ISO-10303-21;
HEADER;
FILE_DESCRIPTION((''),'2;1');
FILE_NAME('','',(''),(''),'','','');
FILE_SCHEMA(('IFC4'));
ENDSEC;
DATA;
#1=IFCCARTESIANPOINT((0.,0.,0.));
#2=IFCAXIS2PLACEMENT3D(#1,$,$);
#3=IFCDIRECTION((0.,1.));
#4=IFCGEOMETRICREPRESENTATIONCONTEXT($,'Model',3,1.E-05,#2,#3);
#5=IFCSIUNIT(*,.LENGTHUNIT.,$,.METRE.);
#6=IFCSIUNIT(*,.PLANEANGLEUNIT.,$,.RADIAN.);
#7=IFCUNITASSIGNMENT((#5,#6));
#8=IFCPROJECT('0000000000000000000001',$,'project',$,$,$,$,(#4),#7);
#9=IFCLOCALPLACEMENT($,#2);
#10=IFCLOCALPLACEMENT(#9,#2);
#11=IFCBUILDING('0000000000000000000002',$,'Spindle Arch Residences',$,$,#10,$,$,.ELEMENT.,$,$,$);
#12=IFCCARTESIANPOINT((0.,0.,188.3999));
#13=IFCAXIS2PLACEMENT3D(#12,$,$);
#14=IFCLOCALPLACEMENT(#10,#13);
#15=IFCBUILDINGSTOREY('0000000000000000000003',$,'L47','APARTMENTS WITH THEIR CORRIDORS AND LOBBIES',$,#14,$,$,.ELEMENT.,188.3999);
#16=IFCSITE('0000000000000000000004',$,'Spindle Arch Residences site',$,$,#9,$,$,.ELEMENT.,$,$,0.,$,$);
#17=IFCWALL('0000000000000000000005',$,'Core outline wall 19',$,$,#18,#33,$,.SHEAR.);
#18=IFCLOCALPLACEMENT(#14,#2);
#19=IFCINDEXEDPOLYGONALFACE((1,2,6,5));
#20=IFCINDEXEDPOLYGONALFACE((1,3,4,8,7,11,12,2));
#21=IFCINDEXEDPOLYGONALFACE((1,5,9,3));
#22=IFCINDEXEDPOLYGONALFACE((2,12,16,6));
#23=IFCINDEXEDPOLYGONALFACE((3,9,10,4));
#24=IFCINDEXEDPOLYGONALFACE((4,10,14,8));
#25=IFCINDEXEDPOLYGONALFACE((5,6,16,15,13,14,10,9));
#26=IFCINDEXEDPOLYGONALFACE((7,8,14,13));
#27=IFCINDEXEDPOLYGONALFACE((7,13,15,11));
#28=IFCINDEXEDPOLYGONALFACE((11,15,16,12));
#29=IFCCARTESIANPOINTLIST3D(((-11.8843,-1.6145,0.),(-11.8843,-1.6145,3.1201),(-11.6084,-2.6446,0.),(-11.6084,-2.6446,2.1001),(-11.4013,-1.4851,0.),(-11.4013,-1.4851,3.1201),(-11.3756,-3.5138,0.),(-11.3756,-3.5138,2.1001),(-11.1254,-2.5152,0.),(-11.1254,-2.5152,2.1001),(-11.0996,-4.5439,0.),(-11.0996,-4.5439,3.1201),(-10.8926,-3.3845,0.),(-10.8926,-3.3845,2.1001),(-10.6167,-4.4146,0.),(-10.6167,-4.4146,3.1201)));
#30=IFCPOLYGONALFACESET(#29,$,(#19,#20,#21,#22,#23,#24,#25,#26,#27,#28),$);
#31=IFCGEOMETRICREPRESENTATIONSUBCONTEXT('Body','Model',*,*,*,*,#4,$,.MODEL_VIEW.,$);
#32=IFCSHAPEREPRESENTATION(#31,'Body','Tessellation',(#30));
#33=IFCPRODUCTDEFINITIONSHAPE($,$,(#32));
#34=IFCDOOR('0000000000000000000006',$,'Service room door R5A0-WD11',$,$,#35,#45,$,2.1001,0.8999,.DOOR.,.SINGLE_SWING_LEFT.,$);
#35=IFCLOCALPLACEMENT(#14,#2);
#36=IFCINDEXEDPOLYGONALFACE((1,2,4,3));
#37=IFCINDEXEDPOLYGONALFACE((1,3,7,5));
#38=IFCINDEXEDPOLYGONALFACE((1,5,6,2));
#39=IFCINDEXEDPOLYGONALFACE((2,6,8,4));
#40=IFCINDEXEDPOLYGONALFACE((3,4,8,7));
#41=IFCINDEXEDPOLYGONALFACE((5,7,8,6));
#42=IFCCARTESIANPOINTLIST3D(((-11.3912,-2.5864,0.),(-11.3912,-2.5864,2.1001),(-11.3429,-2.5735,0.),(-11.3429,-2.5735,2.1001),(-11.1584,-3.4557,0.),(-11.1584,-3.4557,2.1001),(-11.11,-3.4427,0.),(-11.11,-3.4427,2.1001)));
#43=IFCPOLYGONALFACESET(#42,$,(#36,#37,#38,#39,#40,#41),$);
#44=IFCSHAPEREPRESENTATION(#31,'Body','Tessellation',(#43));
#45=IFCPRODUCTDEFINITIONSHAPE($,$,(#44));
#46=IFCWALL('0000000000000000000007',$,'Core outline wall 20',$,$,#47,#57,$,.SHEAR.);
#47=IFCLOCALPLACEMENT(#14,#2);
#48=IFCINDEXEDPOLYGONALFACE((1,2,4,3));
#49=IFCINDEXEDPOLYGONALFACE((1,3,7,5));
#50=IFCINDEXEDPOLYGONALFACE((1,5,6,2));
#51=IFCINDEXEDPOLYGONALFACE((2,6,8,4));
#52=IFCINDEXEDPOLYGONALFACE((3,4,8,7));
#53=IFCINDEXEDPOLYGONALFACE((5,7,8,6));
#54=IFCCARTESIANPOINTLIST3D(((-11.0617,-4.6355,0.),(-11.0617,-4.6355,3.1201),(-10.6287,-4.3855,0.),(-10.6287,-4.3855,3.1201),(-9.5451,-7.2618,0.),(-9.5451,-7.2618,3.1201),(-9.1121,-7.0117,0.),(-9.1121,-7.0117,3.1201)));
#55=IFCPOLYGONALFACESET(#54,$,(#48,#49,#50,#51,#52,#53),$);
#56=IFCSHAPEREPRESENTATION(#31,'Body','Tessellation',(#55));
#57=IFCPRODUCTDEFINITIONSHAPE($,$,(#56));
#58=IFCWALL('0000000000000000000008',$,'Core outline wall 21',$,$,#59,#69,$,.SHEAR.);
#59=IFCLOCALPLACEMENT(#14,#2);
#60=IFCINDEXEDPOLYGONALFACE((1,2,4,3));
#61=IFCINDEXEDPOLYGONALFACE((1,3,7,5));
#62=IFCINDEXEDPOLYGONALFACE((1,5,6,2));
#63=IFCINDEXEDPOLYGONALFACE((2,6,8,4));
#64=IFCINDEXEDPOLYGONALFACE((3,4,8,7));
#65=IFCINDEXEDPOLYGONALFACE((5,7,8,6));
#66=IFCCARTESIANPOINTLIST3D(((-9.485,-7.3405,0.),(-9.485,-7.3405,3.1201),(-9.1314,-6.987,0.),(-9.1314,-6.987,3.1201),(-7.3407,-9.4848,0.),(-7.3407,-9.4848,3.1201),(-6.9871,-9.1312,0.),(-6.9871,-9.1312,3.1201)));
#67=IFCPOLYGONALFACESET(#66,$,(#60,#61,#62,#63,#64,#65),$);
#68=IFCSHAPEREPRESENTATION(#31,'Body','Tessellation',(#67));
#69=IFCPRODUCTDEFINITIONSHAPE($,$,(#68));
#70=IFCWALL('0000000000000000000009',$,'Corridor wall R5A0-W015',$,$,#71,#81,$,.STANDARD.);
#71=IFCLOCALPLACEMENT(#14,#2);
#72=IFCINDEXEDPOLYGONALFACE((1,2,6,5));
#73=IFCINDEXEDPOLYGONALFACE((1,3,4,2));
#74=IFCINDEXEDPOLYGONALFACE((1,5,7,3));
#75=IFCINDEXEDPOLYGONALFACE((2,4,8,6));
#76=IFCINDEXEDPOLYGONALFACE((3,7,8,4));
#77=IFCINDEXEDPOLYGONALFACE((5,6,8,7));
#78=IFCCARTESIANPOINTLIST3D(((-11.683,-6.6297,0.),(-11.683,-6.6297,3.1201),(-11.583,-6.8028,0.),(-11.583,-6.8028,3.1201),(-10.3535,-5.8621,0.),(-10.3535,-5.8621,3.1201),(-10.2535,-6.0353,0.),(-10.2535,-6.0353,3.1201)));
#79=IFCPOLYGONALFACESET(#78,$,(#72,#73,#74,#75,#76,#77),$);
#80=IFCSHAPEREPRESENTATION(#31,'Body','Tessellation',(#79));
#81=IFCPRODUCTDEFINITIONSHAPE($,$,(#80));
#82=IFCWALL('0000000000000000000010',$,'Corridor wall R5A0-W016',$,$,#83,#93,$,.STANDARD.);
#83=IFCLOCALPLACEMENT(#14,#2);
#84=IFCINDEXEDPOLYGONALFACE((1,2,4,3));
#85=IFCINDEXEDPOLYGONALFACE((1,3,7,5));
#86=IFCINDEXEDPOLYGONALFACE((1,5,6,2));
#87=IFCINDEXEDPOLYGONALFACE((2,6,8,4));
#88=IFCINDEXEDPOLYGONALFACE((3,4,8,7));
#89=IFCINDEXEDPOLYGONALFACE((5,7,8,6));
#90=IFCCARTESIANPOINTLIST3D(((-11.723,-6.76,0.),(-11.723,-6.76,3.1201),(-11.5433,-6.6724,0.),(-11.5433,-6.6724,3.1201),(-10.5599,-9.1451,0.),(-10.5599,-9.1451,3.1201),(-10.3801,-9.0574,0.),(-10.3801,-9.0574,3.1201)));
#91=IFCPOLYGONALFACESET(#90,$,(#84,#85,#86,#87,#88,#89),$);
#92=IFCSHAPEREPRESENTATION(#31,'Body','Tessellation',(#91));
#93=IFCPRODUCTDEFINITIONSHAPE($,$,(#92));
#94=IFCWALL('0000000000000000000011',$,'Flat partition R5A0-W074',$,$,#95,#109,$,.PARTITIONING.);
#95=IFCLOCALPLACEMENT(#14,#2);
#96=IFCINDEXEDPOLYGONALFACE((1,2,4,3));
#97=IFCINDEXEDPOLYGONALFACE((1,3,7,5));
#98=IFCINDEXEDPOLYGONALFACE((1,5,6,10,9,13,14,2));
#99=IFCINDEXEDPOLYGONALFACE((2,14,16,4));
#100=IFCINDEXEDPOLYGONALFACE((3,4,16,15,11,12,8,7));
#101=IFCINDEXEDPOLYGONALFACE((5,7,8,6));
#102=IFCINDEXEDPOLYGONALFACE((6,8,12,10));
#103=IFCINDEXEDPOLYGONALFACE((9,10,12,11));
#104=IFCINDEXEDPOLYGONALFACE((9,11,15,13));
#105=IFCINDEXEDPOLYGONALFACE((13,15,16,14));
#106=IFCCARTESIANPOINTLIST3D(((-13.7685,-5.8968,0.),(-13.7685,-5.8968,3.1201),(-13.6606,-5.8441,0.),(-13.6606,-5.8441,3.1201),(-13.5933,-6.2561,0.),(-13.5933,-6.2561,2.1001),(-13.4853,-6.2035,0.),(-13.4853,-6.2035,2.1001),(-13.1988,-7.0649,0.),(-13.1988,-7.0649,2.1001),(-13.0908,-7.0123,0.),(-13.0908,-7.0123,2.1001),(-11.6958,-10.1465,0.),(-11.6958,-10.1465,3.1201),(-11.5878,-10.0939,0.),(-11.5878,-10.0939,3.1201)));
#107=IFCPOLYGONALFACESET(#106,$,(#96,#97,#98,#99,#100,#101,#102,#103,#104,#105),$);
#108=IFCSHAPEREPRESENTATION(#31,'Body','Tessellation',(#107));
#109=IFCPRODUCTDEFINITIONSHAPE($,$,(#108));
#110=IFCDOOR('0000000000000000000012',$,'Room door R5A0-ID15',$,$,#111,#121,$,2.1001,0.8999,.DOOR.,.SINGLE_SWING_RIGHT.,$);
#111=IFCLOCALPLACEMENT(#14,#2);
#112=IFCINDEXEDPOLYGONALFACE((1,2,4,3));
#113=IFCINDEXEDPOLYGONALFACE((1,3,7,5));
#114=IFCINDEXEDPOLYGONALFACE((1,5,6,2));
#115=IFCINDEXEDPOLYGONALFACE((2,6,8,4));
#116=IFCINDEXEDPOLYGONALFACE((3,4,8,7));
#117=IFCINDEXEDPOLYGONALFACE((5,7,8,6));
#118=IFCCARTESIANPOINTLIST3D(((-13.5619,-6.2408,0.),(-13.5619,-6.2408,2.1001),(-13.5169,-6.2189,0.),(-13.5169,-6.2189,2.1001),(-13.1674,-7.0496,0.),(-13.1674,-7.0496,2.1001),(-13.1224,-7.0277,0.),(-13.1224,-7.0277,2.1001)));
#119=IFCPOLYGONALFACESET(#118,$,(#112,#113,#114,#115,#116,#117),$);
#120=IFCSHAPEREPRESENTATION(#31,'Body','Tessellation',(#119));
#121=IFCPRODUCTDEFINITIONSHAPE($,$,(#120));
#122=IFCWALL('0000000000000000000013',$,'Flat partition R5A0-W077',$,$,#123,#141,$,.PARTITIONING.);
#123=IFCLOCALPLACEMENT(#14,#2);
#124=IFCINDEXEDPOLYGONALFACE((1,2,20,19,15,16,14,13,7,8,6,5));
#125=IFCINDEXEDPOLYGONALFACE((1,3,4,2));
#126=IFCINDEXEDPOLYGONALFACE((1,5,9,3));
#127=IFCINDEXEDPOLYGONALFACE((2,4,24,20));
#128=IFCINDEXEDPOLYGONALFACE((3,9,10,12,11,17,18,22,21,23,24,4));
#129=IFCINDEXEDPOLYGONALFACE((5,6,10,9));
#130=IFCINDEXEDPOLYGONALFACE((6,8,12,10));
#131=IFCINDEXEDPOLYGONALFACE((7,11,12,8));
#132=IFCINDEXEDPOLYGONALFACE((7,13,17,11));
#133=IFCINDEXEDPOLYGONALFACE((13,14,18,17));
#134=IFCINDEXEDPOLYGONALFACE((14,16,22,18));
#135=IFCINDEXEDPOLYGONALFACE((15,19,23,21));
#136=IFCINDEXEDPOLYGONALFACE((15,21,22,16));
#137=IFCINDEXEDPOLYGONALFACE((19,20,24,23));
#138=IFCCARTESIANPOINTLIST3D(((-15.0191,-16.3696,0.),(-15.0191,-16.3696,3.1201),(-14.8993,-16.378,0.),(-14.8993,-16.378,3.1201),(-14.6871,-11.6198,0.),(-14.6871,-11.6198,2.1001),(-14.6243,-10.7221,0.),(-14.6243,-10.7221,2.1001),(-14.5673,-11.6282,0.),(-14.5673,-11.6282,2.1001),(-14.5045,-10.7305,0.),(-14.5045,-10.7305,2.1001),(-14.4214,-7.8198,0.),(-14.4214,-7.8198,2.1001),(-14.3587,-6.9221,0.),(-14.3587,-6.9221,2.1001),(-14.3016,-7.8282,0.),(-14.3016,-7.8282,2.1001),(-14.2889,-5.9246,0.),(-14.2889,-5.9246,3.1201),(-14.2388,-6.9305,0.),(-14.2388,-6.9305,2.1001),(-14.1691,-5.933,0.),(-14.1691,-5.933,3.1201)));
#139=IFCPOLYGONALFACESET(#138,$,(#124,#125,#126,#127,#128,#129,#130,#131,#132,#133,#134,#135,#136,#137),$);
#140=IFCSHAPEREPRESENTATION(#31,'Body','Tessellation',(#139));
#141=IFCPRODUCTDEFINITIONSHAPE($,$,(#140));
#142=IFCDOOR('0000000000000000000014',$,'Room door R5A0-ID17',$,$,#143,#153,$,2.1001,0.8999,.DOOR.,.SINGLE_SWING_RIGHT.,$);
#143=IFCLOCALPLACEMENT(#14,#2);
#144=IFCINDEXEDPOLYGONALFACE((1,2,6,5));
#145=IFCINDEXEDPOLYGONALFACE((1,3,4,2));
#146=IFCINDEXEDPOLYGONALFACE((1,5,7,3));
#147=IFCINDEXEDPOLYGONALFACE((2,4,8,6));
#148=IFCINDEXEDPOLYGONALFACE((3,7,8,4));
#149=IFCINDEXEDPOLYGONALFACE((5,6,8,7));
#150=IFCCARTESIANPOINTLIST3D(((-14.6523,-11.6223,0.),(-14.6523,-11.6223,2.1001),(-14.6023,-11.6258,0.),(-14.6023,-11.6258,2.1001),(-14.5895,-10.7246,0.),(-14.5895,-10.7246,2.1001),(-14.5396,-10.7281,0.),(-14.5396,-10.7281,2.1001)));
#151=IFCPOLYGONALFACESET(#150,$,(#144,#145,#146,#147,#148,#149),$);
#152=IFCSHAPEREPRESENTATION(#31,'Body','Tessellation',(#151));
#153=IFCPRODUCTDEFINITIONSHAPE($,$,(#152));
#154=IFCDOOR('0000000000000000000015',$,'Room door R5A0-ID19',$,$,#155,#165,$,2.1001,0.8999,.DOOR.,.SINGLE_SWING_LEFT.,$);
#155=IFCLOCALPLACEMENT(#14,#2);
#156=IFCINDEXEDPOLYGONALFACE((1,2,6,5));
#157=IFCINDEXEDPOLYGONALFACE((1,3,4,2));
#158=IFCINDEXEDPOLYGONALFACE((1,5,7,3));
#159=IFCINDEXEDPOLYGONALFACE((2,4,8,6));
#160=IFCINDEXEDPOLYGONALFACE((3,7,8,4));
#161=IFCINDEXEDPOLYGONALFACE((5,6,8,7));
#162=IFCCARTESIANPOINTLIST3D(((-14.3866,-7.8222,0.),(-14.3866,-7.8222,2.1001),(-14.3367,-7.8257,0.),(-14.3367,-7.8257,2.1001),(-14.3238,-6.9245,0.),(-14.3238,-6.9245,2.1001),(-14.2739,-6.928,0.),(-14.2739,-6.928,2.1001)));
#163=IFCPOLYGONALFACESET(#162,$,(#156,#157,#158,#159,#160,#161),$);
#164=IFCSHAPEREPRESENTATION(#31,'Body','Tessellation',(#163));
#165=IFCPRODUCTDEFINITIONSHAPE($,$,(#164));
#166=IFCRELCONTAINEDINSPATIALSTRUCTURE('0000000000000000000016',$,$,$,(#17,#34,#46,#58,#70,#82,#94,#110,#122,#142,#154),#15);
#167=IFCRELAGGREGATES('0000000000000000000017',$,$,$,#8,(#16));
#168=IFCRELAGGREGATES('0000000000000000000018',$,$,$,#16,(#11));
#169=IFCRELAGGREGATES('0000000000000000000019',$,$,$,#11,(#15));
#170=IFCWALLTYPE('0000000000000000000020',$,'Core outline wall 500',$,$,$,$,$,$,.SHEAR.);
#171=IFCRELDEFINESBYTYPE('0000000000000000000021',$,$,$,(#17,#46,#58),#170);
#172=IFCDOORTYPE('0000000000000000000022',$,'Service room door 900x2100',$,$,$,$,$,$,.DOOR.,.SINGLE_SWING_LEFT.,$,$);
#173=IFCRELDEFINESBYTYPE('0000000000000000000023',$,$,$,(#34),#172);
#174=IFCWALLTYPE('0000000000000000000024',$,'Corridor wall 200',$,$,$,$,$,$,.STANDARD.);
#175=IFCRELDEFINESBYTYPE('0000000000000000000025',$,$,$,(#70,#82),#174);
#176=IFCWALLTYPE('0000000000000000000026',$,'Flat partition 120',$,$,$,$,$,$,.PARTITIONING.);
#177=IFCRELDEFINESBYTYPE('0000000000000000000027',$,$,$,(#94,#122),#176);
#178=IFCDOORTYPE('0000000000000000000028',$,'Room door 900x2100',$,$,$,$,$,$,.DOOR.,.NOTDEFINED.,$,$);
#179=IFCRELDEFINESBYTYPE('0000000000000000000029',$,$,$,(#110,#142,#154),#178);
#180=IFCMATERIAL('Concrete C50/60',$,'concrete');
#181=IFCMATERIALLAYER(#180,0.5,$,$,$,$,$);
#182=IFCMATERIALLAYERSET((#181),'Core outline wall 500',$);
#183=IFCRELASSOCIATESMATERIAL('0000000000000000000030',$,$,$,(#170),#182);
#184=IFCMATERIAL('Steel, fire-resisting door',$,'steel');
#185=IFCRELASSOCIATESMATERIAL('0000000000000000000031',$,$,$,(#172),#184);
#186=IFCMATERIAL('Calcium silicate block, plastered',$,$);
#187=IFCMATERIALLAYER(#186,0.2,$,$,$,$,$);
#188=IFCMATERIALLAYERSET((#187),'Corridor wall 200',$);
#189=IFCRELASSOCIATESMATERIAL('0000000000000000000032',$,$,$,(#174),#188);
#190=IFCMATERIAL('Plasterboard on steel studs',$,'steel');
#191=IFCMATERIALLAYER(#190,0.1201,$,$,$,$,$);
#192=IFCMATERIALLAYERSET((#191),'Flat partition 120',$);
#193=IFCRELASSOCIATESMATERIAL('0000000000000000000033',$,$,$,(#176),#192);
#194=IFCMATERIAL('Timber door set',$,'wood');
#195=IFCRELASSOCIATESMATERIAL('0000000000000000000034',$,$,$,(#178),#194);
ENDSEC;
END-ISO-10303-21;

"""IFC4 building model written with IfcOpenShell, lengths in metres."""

from ifc_helpers import new_model, si_unit, direction, frame, frame_2d, origin, place, context, subcontext, project, spatial, rectangle, extrude, material, layer, layer_set, type_object, element, fill, save


model = new_model("IFC4")

# Units and contexts
model_context = context("Model", 3, precision=1e-05, world=origin(), true_north=direction((0.0, 1.0)))
body_context = subcontext(model_context, "Body", "Model", "MODEL_VIEW")
ifc_project = project(units=[si_unit("LENGTHUNIT", "METRE"), si_unit("PLANEANGLEUNIT", "RADIAN")], contexts=[model_context])

# Site, building, storey
site_placement = place(None, origin())
site = spatial("IfcSite", under=ifc_project, at=site_placement, Name="Spindle Arch Residences site", CompositionType="ELEMENT", RefElevation=0.0)
building_placement = place(site_placement, origin())
building = spatial("IfcBuilding", under=site, at=building_placement, Name="Spindle Arch Residences", CompositionType="ELEMENT")
storey_placement = place(building_placement, frame((0.0, 0.0, 188.3999)))
storey = spatial("IfcBuildingStorey", under=building, at=storey_placement, Name="L47", Description="APARTMENTS WITH THEIR CORRIDORS AND LOBBIES", CompositionType="ELEMENT", Elevation=188.3999)

# Wall, opening, door
ifc_material_1 = material(Name="Concrete C50/60", Category="concrete")
ifc_layer_1 = layer(ifc_material_1, 0.5)
ifc_layer_set_1 = layer_set([ifc_layer_1], Name="Core outline wall 500")
wall_type_1 = type_object("IfcWallType", Name="Core outline wall 500", PredefinedType="SHEAR", material=ifc_layer_set_1)
wall_1_placement = place(storey_placement, frame((-11.6428, -1.5498, 0.0), z_axis=(0.0, 0.0, 1.0), x_axis=(0.258735, -0.965948, 0.0)))
wall_1 = element("IfcWall", 1, at=wall_1_placement, inside=storey, type_object=wall_type_1, Name="Core outline wall 19", PredefinedType="SHEAR", context=body_context, shape_type="SweptSolid", body=[
    extrude(rectangle(XDim=3.0327, YDim=0.5, at=frame_2d((1.5164, 0.0))), origin(), (0.0, 0.0, 1.0), 3.1201),
])
opening_1_placement = place(wall_1_placement, frame((1.0664, 0.0, 0.0)))
opening_1 = element("IfcOpeningElement", 2, at=opening_1_placement, cuts=wall_1, PredefinedType="OPENING", context=body_context, shape_type="SweptSolid", body=[
    extrude(rectangle(XDim=0.8999, YDim=2.1001, at=frame_2d((0.45, 1.05))), frame((0.0, 0.26, 0.0), z_axis=(0.0, -1.0, 0.0), x_axis=(1.0, 0.0, 0.0)), (0.0, 0.0, 1.0), 0.52),
])
ifc_material_2 = material(Name="Steel, fire-resisting door", Category="steel")
door_type_1 = type_object("IfcDoorType", Name="Service room door 900x2100", OperationType="SINGLE_SWING_LEFT", PredefinedType="DOOR", material=ifc_material_2)
door_1_placement = place(opening_1_placement, origin())
door_1 = element("IfcDoor", 3, at=door_1_placement, inside=storey, type_object=door_type_1, Name="Service room door R5A0-WD11", OperationType="SINGLE_SWING_LEFT", OverallHeight=2.1001, OverallWidth=0.8999, PredefinedType="DOOR", context=body_context, shape_type="SweptSolid", body=[
    extrude(rectangle(XDim=0.8999, YDim=2.1001, at=frame_2d((0.45, 1.05))), frame((0.0, 0.0249, 0.0), z_axis=(0.0, -1.0, 0.0), x_axis=(1.0, 0.0, 0.0)), (0.0, 0.0, 1.0), 0.05),
])
fill(opening_1, door_1)

# Walls
wall_2_placement = place(storey_placement, frame((-10.8452, -4.5105, 0.0), z_axis=(0.0, 0.0, 1.0), x_axis=(0.500087, -0.865975, 0.0)))
element("IfcWall", 4, at=wall_2_placement, inside=storey, type_object=wall_type_1, Name="Core outline wall 20", PredefinedType="SHEAR", context=body_context, shape_type="SweptSolid", body=[
    extrude(rectangle(XDim=3.0327, YDim=0.5, at=frame_2d((1.5164, 0.0))), origin(), (0.0, 0.0, 1.0), 3.1201),
])
wall_3_placement = place(storey_placement, frame((-9.3081, -7.1638, 0.0), z_axis=(0.0, 0.0, 1.0), x_axis=(0.707107, -0.707107, 0.0)))
element("IfcWall", 5, at=wall_3_placement, inside=storey, type_object=wall_type_1, Name="Core outline wall 21", PredefinedType="SHEAR", context=body_context, shape_type="SweptSolid", body=[
    extrude(rectangle(XDim=3.0325, YDim=0.5, at=frame_2d((1.5161, 0.0))), origin(), (0.0, 0.0, 1.0), 3.1201),
])
ifc_material_3 = material(Name="Calcium silicate block, plastered")
ifc_layer_2 = layer(ifc_material_3, 0.2)
ifc_layer_set_2 = layer_set([ifc_layer_2], Name="Corridor wall 200")
wall_type_2 = type_object("IfcWallType", Name="Corridor wall 200", PredefinedType="STANDARD", material=ifc_layer_set_2)
wall_4_placement = place(storey_placement, frame((-10.3035, -5.9487, 0.0), z_axis=(0.0, 0.0, 1.0), x_axis=(-0.866043, -0.49997, 0.0)))
element("IfcWall", 6, at=wall_4_placement, inside=storey, type_object=wall_type_2, Name="Corridor wall R5A0-W015", PredefinedType="STANDARD", context=body_context, shape_type="SweptSolid", body=[
    extrude(rectangle(XDim=1.5352, YDim=0.2, at=frame_2d((0.7676, 0.0))), origin(), (0.0, 0.0, 1.0), 3.1201),
])
wall_5_placement = place(storey_placement, frame((-11.6331, -6.7163, 0.0), z_axis=(0.0, 0.0, 1.0), x_axis=(0.438322, -0.898818, 0.0)))
element("IfcWall", 7, at=wall_5_placement, inside=storey, type_object=wall_type_2, Name="Corridor wall R5A0-W016", PredefinedType="STANDARD", context=body_context, shape_type="SweptSolid", body=[
    extrude(rectangle(XDim=2.6536, YDim=0.2, at=frame_2d((1.3267, 0.0))), origin(), (0.0, 0.0, 1.0), 3.1201),
])

# Wall, opening, door
ifc_material_4 = material(Name="Plasterboard on steel studs", Category="steel")
ifc_layer_3 = layer(ifc_material_4, 0.1201)
ifc_layer_set_3 = layer_set([ifc_layer_3], Name="Flat partition 120")
wall_type_3 = type_object("IfcWallType", Name="Flat partition 120", PredefinedType="PARTITIONING", material=ifc_layer_set_3)
wall_6_placement = place(storey_placement, frame((-13.7146, -5.8704, 0.0), z_axis=(0.0, 0.0, 1.0), x_axis=(0.438373, -0.898793, 0.0)))
wall_6 = element("IfcWall", 8, at=wall_6_placement, inside=storey, type_object=wall_type_3, Name="Flat partition R5A0-W074", PredefinedType="PARTITIONING", context=body_context, shape_type="SweptSolid", body=[
    extrude(rectangle(XDim=4.7283, YDim=0.1201, at=frame_2d((2.3643, 0.0))), origin(), (0.0, 0.0, 1.0), 3.1201),
])
opening_2_placement = place(wall_6_placement, frame((0.3999, 0.0, 0.0)))
opening_2 = element("IfcOpeningElement", 9, at=opening_2_placement, cuts=wall_6, PredefinedType="OPENING", context=body_context, shape_type="SweptSolid", body=[
    extrude(rectangle(XDim=0.8999, YDim=2.1001, at=frame_2d((0.45, 1.05))), frame((0.0, 0.0701, 0.0), z_axis=(0.0, -1.0, 0.0), x_axis=(1.0, 0.0, 0.0)), (0.0, 0.0, 1.0), 0.1401),
])
ifc_material_5 = material(Name="Timber door set", Category="wood")
door_type_2 = type_object("IfcDoorType", Name="Room door 900x2100", OperationType="NOTDEFINED", PredefinedType="DOOR", material=ifc_material_5)
door_2_placement = place(opening_2_placement, origin())
door_2 = element("IfcDoor", 10, at=door_2_placement, inside=storey, type_object=door_type_2, Name="Room door R5A0-ID15", OperationType="SINGLE_SWING_RIGHT", OverallHeight=2.1001, OverallWidth=0.8999, PredefinedType="DOOR", context=body_context, shape_type="SweptSolid", body=[
    extrude(rectangle(XDim=0.8999, YDim=2.1001, at=frame_2d((0.45, 1.05))), frame((0.0, 0.0249, 0.0), z_axis=(0.0, -1.0, 0.0), x_axis=(1.0, 0.0, 0.0)), (0.0, 0.0, 1.0), 0.05),
])
fill(opening_2, door_2)

# Wall, openings, doors
wall_7_placement = place(storey_placement, frame((-14.229, -5.9287, 0.0), z_axis=(0.0, 0.0, 1.0), x_axis=(-0.069741, -0.997565, 0.0)))
wall_7 = element("IfcWall", 11, at=wall_7_placement, inside=storey, type_object=wall_type_3, Name="Flat partition R5A0-W077", PredefinedType="PARTITIONING", context=body_context, shape_type="SweptSolid", body=[
    extrude(rectangle(XDim=10.4705, YDim=0.1201, at=frame_2d((5.2354, 0.0))), origin(), (0.0, 0.0, 1.0), 3.1201),
])
opening_3_placement = place(wall_7_placement, frame((4.8093, 0.0, 0.0)))
opening_3 = element("IfcOpeningElement", 12, at=opening_3_placement, cuts=wall_7, PredefinedType="OPENING", context=body_context, shape_type="SweptSolid", body=[
    extrude(rectangle(XDim=0.8999, YDim=2.1001, at=frame_2d((0.45, 1.05))), frame((0.0, 0.0701, 0.0), z_axis=(0.0, -1.0, 0.0), x_axis=(1.0, 0.0, 0.0)), (0.0, 0.0, 1.0), 0.1401),
])
opening_4_placement = place(wall_7_placement, frame((1.0, 0.0, 0.0)))
opening_4 = element("IfcOpeningElement", 13, at=opening_4_placement, cuts=wall_7, PredefinedType="OPENING", context=body_context, shape_type="SweptSolid", body=[
    extrude(rectangle(XDim=0.8999, YDim=2.1001, at=frame_2d((0.45, 1.05))), frame((0.0, 0.0701, 0.0), z_axis=(0.0, -1.0, 0.0), x_axis=(1.0, 0.0, 0.0)), (0.0, 0.0, 1.0), 0.1401),
])
door_3_placement = place(opening_3_placement, origin())
door_3 = element("IfcDoor", 14, at=door_3_placement, inside=storey, type_object=door_type_2, Name="Room door R5A0-ID17", OperationType="SINGLE_SWING_RIGHT", OverallHeight=2.1001, OverallWidth=0.8999, PredefinedType="DOOR", context=body_context, shape_type="SweptSolid", body=[
    extrude(rectangle(XDim=0.8999, YDim=2.1001, at=frame_2d((0.45, 1.05))), frame((0.0, 0.0249, 0.0), z_axis=(0.0, -1.0, 0.0), x_axis=(1.0, 0.0, 0.0)), (0.0, 0.0, 1.0), 0.05),
])
fill(opening_3, door_3)
door_4_placement = place(opening_4_placement, origin())
door_4 = element("IfcDoor", 15, at=door_4_placement, inside=storey, type_object=door_type_2, Name="Room door R5A0-ID19", OperationType="SINGLE_SWING_LEFT", OverallHeight=2.1001, OverallWidth=0.8999, PredefinedType="DOOR", context=body_context, shape_type="SweptSolid", body=[
    extrude(rectangle(XDim=0.8999, YDim=2.1001, at=frame_2d((0.45, 1.05))), frame((0.0, 0.0249, 0.0), z_axis=(0.0, -1.0, 0.0), x_axis=(1.0, 0.0, 0.0)), (0.0, 0.0, 1.0), 0.05),
])
fill(opening_4, door_4)

save(model, "model.ifc")
